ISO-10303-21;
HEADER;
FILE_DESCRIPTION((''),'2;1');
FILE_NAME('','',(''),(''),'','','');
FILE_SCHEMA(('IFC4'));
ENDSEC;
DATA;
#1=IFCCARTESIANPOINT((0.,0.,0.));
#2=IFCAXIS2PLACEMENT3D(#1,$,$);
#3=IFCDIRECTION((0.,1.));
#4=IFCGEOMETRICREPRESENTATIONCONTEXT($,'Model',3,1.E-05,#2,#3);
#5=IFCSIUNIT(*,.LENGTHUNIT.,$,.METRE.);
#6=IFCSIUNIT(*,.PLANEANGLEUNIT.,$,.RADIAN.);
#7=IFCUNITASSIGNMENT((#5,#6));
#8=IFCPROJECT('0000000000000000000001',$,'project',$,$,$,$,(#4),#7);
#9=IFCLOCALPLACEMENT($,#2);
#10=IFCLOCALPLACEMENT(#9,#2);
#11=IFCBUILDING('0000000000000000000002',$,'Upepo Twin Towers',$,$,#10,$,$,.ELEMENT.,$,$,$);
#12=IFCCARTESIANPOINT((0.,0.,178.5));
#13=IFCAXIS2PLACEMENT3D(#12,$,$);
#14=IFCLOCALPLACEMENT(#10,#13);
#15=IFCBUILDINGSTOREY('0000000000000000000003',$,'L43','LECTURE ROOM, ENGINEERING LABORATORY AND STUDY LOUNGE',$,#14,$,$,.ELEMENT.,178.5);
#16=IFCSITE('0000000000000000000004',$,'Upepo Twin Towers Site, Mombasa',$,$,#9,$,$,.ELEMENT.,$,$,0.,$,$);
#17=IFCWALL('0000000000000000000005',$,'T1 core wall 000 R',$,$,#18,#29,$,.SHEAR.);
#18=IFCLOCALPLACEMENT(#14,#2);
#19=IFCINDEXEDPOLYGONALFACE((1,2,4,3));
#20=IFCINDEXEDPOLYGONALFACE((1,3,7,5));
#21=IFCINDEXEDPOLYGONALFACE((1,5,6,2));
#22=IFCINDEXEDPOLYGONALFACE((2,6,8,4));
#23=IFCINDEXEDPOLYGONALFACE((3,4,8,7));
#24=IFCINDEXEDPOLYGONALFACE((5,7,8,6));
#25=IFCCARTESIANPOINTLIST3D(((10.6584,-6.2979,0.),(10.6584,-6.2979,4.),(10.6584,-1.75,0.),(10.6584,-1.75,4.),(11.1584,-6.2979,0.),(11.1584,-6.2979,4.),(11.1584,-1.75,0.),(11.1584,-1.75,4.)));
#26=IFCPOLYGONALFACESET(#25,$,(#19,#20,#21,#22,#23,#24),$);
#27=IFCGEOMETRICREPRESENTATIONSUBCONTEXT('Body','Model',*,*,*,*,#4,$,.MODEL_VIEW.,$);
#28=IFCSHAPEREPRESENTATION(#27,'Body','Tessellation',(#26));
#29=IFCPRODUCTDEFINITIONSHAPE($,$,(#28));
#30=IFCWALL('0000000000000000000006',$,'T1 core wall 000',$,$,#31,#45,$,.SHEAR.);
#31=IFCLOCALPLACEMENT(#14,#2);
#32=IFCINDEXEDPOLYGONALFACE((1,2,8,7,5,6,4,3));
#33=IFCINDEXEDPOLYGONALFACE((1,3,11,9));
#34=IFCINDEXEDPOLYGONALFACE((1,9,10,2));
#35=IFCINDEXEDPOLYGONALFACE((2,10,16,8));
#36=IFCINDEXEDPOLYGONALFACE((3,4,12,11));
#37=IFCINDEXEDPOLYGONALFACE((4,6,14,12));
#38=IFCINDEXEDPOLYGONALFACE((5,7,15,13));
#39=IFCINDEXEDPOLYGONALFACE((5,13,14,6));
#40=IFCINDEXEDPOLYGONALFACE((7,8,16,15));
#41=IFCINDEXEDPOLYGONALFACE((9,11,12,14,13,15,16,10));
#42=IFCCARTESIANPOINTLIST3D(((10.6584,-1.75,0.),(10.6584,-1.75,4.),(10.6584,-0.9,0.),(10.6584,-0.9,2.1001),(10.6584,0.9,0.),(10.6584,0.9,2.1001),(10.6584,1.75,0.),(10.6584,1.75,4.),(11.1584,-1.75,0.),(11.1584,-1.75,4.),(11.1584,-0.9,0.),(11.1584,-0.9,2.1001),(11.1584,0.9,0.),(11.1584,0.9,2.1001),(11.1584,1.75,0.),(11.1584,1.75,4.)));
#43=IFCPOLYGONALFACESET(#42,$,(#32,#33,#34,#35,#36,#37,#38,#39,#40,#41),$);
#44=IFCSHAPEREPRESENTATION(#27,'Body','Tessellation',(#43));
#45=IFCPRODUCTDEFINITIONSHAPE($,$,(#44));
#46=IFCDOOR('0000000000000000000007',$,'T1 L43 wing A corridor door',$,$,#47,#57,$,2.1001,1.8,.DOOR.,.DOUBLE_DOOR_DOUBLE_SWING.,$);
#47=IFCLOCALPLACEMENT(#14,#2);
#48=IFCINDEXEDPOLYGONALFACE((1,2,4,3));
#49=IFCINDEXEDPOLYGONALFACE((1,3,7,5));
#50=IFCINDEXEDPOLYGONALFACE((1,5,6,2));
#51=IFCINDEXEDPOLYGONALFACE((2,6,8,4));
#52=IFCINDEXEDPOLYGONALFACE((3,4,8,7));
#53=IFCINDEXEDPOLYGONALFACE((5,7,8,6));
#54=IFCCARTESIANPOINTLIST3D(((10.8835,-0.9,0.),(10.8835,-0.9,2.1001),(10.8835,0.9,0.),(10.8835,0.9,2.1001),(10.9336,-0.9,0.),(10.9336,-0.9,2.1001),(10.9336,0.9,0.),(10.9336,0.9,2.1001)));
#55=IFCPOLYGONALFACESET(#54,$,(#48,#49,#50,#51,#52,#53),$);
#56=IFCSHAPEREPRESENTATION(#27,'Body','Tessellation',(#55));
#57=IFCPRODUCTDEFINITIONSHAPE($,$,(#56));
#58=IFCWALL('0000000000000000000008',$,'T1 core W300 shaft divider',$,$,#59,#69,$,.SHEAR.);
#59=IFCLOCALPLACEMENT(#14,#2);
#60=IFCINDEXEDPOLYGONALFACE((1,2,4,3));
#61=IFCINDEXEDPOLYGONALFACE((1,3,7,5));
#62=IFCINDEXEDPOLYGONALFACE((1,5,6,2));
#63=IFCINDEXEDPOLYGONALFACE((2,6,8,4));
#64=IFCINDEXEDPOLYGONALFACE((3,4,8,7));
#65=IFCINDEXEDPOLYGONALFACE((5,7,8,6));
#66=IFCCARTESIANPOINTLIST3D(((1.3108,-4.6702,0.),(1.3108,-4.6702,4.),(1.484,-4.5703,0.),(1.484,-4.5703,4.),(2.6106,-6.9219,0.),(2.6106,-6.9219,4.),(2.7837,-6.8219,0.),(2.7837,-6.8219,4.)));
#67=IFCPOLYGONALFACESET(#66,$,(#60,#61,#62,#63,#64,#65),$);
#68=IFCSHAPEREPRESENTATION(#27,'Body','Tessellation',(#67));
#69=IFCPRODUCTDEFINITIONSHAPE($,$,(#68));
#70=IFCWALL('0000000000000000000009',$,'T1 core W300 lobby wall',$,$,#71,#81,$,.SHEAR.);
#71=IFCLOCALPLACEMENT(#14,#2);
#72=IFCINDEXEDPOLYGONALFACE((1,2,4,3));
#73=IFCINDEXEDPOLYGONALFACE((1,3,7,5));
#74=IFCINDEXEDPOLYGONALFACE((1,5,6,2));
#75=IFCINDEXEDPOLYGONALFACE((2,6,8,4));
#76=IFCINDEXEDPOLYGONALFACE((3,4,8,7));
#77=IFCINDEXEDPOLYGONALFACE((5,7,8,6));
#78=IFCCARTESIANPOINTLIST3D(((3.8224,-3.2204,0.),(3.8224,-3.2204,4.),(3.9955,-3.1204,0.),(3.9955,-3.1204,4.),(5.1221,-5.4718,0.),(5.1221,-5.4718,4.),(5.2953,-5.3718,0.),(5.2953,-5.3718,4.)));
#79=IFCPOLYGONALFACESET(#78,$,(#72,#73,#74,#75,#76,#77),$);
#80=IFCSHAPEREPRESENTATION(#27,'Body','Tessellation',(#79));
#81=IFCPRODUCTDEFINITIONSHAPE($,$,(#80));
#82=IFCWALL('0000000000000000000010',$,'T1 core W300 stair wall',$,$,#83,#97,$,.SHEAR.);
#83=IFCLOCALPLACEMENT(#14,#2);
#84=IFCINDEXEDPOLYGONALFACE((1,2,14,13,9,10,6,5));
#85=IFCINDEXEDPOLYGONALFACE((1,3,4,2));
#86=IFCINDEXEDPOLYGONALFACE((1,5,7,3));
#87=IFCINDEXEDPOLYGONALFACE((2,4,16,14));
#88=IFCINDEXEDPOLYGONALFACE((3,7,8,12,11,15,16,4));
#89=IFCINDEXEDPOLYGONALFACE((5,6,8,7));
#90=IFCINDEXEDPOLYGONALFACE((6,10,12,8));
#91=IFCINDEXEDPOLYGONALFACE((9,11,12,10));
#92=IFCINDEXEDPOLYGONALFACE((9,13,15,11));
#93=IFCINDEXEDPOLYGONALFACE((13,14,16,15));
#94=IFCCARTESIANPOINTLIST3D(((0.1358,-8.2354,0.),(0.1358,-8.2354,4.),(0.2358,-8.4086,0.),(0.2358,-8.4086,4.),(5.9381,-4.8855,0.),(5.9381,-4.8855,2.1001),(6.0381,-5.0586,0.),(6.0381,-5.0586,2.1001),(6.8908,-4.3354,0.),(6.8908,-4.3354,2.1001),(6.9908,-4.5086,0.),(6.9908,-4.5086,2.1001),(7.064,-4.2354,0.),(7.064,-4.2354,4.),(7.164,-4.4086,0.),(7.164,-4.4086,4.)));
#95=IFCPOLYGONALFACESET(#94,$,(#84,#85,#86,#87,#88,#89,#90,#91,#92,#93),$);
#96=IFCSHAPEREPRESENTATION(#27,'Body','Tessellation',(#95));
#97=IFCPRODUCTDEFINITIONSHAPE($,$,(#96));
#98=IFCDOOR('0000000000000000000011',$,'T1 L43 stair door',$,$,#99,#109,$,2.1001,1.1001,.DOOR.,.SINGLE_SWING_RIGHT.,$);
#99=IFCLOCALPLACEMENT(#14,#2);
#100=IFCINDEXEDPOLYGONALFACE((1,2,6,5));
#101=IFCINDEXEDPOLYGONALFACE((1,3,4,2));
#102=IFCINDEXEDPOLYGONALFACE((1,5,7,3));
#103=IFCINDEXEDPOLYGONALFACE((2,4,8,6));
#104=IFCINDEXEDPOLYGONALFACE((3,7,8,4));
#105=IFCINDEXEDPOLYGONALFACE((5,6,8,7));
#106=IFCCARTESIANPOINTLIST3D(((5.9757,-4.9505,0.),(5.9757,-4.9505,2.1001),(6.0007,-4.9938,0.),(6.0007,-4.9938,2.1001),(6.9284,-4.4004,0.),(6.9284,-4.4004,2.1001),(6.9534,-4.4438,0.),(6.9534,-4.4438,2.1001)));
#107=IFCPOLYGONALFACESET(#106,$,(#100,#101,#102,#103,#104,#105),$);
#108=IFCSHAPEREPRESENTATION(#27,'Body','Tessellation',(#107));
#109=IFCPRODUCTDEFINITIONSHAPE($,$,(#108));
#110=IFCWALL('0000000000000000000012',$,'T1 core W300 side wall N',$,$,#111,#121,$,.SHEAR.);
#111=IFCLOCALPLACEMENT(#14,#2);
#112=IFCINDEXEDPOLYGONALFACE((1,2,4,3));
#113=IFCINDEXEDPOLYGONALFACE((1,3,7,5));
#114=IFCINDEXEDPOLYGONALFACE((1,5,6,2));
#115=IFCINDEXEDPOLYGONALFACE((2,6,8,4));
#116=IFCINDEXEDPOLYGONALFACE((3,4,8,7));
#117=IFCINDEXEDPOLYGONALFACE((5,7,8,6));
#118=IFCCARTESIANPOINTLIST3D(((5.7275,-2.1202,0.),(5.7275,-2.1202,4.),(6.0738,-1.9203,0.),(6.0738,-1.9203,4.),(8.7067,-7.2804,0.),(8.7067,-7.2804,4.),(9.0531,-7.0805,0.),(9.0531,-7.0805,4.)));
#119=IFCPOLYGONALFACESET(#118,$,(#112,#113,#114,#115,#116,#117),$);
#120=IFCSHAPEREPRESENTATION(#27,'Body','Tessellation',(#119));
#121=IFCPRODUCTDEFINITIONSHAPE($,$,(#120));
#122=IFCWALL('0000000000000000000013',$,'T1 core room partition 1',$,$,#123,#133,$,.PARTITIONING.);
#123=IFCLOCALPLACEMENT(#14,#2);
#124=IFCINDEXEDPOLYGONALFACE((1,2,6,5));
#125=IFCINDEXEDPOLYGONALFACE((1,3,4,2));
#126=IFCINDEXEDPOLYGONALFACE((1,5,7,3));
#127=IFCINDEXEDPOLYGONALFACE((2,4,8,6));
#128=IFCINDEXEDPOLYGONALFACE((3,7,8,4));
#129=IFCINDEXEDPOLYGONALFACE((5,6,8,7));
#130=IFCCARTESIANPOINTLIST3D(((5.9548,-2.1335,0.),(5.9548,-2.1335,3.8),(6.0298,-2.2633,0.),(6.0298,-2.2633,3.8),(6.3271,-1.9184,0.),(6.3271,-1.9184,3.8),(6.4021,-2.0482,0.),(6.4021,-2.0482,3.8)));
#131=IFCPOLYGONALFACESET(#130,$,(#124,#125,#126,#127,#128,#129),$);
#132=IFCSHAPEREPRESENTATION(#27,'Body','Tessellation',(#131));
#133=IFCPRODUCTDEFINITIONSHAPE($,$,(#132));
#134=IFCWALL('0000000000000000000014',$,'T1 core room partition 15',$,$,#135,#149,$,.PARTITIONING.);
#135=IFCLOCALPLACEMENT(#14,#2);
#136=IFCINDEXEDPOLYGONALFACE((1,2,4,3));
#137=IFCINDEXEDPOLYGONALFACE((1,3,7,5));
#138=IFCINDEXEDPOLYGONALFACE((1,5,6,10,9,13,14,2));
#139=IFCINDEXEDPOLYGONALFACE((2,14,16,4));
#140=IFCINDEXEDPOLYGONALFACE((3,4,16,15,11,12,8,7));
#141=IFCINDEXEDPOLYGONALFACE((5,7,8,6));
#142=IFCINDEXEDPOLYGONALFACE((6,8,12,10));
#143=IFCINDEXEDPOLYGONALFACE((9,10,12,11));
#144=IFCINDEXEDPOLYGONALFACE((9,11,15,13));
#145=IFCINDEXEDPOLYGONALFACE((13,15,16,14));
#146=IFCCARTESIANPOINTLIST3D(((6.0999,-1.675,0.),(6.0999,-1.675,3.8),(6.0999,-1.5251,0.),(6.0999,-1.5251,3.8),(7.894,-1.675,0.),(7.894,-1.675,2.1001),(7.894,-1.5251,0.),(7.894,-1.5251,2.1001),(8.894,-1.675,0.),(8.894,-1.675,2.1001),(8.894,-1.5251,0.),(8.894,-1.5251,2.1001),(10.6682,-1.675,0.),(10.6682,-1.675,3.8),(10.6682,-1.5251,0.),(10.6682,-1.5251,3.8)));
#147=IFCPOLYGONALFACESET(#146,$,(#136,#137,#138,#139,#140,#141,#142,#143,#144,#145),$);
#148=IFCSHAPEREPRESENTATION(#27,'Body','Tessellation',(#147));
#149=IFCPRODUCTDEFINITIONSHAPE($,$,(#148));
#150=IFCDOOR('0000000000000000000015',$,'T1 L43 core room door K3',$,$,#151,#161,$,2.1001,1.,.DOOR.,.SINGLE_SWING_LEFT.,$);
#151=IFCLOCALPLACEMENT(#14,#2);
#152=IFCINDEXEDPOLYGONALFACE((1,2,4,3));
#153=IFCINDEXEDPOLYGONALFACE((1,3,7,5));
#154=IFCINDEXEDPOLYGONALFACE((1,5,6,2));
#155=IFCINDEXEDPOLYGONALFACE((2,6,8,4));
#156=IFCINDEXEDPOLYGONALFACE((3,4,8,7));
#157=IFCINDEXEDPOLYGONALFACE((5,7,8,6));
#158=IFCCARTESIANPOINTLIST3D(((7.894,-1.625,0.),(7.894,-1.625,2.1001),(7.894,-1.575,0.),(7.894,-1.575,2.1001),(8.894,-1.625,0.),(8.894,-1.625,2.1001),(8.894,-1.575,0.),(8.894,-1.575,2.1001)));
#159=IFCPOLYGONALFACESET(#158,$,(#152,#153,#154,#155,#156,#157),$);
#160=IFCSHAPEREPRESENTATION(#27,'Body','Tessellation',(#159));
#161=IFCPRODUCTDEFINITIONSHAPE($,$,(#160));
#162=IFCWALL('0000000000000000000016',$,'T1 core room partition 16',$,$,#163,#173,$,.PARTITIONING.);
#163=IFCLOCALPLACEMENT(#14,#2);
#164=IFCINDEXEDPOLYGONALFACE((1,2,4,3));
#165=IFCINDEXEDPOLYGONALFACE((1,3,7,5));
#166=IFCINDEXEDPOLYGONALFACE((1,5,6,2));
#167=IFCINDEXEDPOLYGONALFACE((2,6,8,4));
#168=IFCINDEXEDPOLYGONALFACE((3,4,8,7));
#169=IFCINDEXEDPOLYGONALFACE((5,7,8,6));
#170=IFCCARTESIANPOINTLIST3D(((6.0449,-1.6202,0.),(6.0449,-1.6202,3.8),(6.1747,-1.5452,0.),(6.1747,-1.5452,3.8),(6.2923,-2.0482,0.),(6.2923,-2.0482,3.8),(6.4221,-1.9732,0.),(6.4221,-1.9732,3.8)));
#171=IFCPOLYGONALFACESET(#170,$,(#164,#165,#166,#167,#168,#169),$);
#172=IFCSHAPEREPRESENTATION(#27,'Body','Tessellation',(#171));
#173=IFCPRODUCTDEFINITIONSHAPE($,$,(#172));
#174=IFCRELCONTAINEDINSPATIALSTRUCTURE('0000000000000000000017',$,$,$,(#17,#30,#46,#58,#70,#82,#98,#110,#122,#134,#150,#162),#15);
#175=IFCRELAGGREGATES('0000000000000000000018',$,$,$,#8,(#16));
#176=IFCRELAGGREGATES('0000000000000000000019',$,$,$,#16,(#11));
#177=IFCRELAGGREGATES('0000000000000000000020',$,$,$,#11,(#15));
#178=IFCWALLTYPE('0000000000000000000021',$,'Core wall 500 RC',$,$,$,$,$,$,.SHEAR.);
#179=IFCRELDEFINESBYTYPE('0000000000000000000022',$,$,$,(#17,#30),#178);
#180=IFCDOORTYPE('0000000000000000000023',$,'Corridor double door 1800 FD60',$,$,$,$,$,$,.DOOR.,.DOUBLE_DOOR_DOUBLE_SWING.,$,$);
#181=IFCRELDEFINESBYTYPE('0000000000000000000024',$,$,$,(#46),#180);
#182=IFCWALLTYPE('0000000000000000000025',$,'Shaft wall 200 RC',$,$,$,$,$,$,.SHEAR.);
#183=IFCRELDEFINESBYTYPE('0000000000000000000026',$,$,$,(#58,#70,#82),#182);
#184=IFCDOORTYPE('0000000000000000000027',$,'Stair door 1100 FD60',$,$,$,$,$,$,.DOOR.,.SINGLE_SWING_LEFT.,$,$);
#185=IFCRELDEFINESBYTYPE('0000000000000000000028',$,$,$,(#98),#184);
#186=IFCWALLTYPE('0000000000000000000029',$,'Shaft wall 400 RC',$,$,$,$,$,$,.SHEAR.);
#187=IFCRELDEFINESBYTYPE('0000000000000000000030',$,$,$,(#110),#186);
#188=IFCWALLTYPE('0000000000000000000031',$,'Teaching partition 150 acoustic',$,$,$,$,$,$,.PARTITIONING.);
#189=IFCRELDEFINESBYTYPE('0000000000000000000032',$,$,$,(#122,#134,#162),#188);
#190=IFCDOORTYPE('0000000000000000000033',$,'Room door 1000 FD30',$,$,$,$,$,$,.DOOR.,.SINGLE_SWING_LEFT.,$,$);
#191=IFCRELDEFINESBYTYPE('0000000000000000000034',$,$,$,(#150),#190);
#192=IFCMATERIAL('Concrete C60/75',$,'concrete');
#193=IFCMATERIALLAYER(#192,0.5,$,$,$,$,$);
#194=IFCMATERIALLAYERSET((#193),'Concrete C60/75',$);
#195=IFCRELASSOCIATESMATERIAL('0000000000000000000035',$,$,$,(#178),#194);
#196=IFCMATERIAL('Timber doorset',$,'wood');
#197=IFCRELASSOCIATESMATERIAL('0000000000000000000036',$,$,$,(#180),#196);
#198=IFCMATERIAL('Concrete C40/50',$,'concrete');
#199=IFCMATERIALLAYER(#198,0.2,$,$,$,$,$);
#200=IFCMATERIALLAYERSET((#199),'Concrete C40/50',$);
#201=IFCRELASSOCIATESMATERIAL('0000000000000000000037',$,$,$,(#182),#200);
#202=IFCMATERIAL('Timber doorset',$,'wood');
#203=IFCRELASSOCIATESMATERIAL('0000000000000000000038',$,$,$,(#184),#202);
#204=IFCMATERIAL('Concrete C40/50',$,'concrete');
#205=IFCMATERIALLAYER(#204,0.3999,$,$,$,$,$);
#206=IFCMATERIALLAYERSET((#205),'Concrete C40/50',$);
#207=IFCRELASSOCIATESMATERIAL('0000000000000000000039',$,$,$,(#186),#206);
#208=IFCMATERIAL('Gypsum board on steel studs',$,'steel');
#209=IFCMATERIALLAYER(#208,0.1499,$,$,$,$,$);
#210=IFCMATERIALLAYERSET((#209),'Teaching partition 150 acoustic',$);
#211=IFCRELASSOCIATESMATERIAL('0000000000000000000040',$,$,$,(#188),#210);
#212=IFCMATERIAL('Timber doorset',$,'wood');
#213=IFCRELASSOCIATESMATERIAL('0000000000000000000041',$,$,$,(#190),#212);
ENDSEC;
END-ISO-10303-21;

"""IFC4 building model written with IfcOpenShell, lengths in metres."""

from ifc_helpers import new_model, si_unit, direction, frame, frame_2d, origin, place, context, subcontext, project, spatial, rectangle, extrude, material, layer, layer_set, type_object, element, fill, save


model = new_model("IFC4")

# Units and contexts
model_context = context("Model", 3, precision=1e-05, world=origin(), true_north=direction((0.0, 1.0)))
body_context = subcontext(model_context, "Body", "Model", "MODEL_VIEW")
ifc_project = project(units=[si_unit("LENGTHUNIT", "METRE"), si_unit("PLANEANGLEUNIT", "RADIAN")], contexts=[model_context])

# Site, building, storey
site_placement = place(None, origin())
site = spatial("IfcSite", under=ifc_project, at=site_placement, Name="Upepo Twin Towers Site, Mombasa", CompositionType="ELEMENT", RefElevation=0.0)
building_placement = place(site_placement, origin())
building = spatial("IfcBuilding", under=site, at=building_placement, Name="Upepo Twin Towers", CompositionType="ELEMENT")
storey_placement = place(building_placement, frame((0.0, 0.0, 178.5)))
storey = spatial("IfcBuildingStorey", under=building, at=storey_placement, Name="L43", Description="LECTURE ROOM, ENGINEERING LABORATORY AND STUDY LOUNGE", CompositionType="ELEMENT", Elevation=178.5)

# Wall
ifc_material_1 = material(Name="Concrete C60/75", Category="concrete")
ifc_layer_1 = layer(ifc_material_1, 0.5)
ifc_layer_set_1 = layer_set([ifc_layer_1], Name="Concrete C60/75")
wall_type_1 = type_object("IfcWallType", Name="Core wall 500 RC", PredefinedType="SHEAR", material=ifc_layer_set_1)
wall_1_placement = place(storey_placement, frame((10.9084, -6.2979, 0.0), z_axis=(0.0, 0.0, 1.0), x_axis=(0.0, 1.0, 0.0)))
element("IfcWall", 1, at=wall_1_placement, inside=storey, type_object=wall_type_1, Name="T1 core wall 000 R", PredefinedType="SHEAR", context=body_context, shape_type="SweptSolid", body=[
    extrude(rectangle(XDim=4.5479, YDim=0.5, at=frame_2d((2.2739, 0.0))), origin(), (0.0, 0.0, 1.0), 4.0),
])

# Wall, opening, door
wall_2_placement = place(storey_placement, frame((10.9084, -1.75, 0.0), z_axis=(0.0, 0.0, 1.0), x_axis=(0.0, 1.0, 0.0)))
wall_2 = element("IfcWall", 2, at=wall_2_placement, inside=storey, type_object=wall_type_1, Name="T1 core wall 000", PredefinedType="SHEAR", context=body_context, shape_type="SweptSolid", body=[
    extrude(rectangle(XDim=3.5, YDim=0.5, at=frame_2d((1.75, 0.0))), origin(), (0.0, 0.0, 1.0), 4.0),
])
opening_1_placement = place(wall_2_placement, frame((0.8501, 0.0, 0.0)))
opening_1 = element("IfcOpeningElement", 3, at=opening_1_placement, cuts=wall_2, PredefinedType="OPENING", context=body_context, shape_type="SweptSolid", body=[
    extrude(rectangle(XDim=1.8, YDim=2.1001, at=frame_2d((0.8999, 1.05))), frame((0.0, 0.26, 0.0), z_axis=(0.0, -1.0, 0.0), x_axis=(1.0, 0.0, 0.0)), (0.0, 0.0, 1.0), 0.52),
])
ifc_material_2 = material(Name="Timber doorset", Category="wood")
door_type_1 = type_object("IfcDoorType", Name="Corridor double door 1800 FD60", OperationType="DOUBLE_DOOR_DOUBLE_SWING", PredefinedType="DOOR", material=ifc_material_2)
door_1_placement = place(opening_1_placement, origin())
door_1 = element("IfcDoor", 4, at=door_1_placement, inside=storey, type_object=door_type_1, Name="T1 L43 wing A corridor door", OperationType="DOUBLE_DOOR_DOUBLE_SWING", OverallHeight=2.1001, OverallWidth=1.8, PredefinedType="DOOR", context=body_context, shape_type="SweptSolid", body=[
    extrude(rectangle(XDim=1.8, YDim=2.1001, at=frame_2d((0.8999, 1.05))), frame((0.0, 0.0249, 0.0), z_axis=(0.0, -1.0, 0.0), x_axis=(1.0, 0.0, 0.0)), (0.0, 0.0, 1.0), 0.05),
])
fill(opening_1, door_1)

# Walls
ifc_material_3 = material(Name="Concrete C40/50", Category="concrete")
ifc_layer_2 = layer(ifc_material_3, 0.2)
ifc_layer_set_2 = layer_set([ifc_layer_2], Name="Concrete C40/50")
wall_type_2 = type_object("IfcWallType", Name="Shaft wall 200 RC", PredefinedType="SHEAR", material=ifc_layer_set_2)
wall_3_placement = place(storey_placement, frame((1.3975, -4.6204, 0.0), z_axis=(0.0, 0.0, 1.0), x_axis=(0.499937, -0.866062, 0.0)))
element("IfcWall", 5, at=wall_3_placement, inside=storey, type_object=wall_type_2, Name="T1 core W300 shaft divider", PredefinedType="SHEAR", context=body_context, shape_type="SweptSolid", body=[
    extrude(rectangle(XDim=2.5999, YDim=0.2, at=frame_2d((1.2998, 0.0))), origin(), (0.0, 0.0, 1.0), 4.0),
])
wall_4_placement = place(storey_placement, frame((3.9089, -3.1704, 0.0), z_axis=(0.0, 0.0, 1.0), x_axis=(0.499977, -0.866039, 0.0)))
element("IfcWall", 6, at=wall_4_placement, inside=storey, type_object=wall_type_2, Name="T1 core W300 lobby wall", PredefinedType="SHEAR", context=body_context, shape_type="SweptSolid", body=[
    extrude(rectangle(XDim=2.5996, YDim=0.2, at=frame_2d((1.2998, 0.0))), origin(), (0.0, 0.0, 1.0), 4.0),
])

# Wall, opening, door
wall_5_placement = place(storey_placement, frame((0.1858, -8.322, 0.0), z_axis=(0.0, 0.0, 1.0), x_axis=(0.866026, 0.499999, 0.0)))
wall_5 = element("IfcWall", 7, at=wall_5_placement, inside=storey, type_object=wall_type_2, Name="T1 core W300 stair wall", PredefinedType="SHEAR", context=body_context, shape_type="SweptSolid", body=[
    extrude(rectangle(XDim=8.0, YDim=0.2, at=frame_2d((4.0, 0.0))), origin(), (0.0, 0.0, 1.0), 4.0),
])
opening_2_placement = place(wall_5_placement, frame((6.7, 0.0, 0.0)))
opening_2 = element("IfcOpeningElement", 8, at=opening_2_placement, cuts=wall_5, PredefinedType="OPENING", context=body_context, shape_type="SweptSolid", body=[
    extrude(rectangle(XDim=1.1001, YDim=2.1001, at=frame_2d((0.55, 1.05))), frame((0.0, 0.1099, 0.0), z_axis=(0.0, -1.0, 0.0), x_axis=(1.0, 0.0, 0.0)), (0.0, 0.0, 1.0), 0.22),
])
ifc_material_4 = material(Name="Timber doorset", Category="wood")
door_type_2 = type_object("IfcDoorType", Name="Stair door 1100 FD60", OperationType="SINGLE_SWING_LEFT", PredefinedType="DOOR", material=ifc_material_4)
door_2_placement = place(opening_2_placement, origin())
door_2 = element("IfcDoor", 9, at=door_2_placement, inside=storey, type_object=door_type_2, Name="T1 L43 stair door", OperationType="SINGLE_SWING_RIGHT", OverallHeight=2.1001, OverallWidth=1.1001, PredefinedType="DOOR", context=body_context, shape_type="SweptSolid", body=[
    extrude(rectangle(XDim=1.1001, YDim=2.1001, at=frame_2d((0.55, 1.05))), frame((0.0, 0.0249, 0.0), z_axis=(0.0, -1.0, 0.0), x_axis=(1.0, 0.0, 0.0)), (0.0, 0.0, 1.0), 0.05),
])
fill(opening_2, door_2)

# Walls
ifc_material_5 = material(Name="Concrete C40/50", Category="concrete")
ifc_layer_3 = layer(ifc_material_5, 0.3999)
ifc_layer_set_3 = layer_set([ifc_layer_3], Name="Concrete C40/50")
wall_type_3 = type_object("IfcWallType", Name="Shaft wall 400 RC", PredefinedType="SHEAR", material=ifc_layer_set_3)
wall_6_placement = place(storey_placement, frame((5.9006, -2.0203, 0.0), z_axis=(0.0, 0.0, 1.0), x_axis=(0.500004, -0.866023, 0.0)))
element("IfcWall", 10, at=wall_6_placement, inside=storey, type_object=wall_type_3, Name="T1 core W300 side wall N", PredefinedType="SHEAR", context=body_context, shape_type="SweptSolid", body=[
    extrude(rectangle(XDim=5.9585, YDim=0.3999, at=frame_2d((2.9792, 0.0))), origin(), (0.0, 0.0, 1.0), 4.0),
])
ifc_material_6 = material(Name="Gypsum board on steel studs", Category="steel")
ifc_layer_4 = layer(ifc_material_6, 0.1499)
ifc_layer_set_4 = layer_set([ifc_layer_4], Name="Teaching partition 150 acoustic")
wall_type_4 = type_object("IfcWallType", Name="Teaching partition 150 acoustic", PredefinedType="PARTITIONING", material=ifc_layer_set_4)
wall_7_placement = place(storey_placement, frame((6.3645, -1.9834, 0.0), z_axis=(0.0, 0.0, 1.0), x_axis=(-0.865892, -0.50023, 0.0)))
element("IfcWall", 11, at=wall_7_placement, inside=storey, type_object=wall_type_4, Name="T1 core room partition 1", PredefinedType="PARTITIONING", context=body_context, shape_type="SweptSolid", body=[
    extrude(rectangle(XDim=0.4299, YDim=0.1499, at=frame_2d((0.2148, 0.0))), origin(), (0.0, 0.0, 1.0), 3.8),
])

# Wall, opening, door
wall_8_placement = place(storey_placement, frame((10.6682, -1.6001, 0.0), z_axis=(0.0, 0.0, 1.0), x_axis=(-1.0, 0.0, 0.0)))
wall_8 = element("IfcWall", 12, at=wall_8_placement, inside=storey, type_object=wall_type_4, Name="T1 core room partition 15", PredefinedType="PARTITIONING", context=body_context, shape_type="SweptSolid", body=[
    extrude(rectangle(XDim=4.5684, YDim=0.1499, at=frame_2d((2.2842, 0.0))), origin(), (0.0, 0.0, 1.0), 3.8),
])
opening_3_placement = place(wall_8_placement, frame((1.7742, 0.0, 0.0)))
opening_3 = element("IfcOpeningElement", 13, at=opening_3_placement, cuts=wall_8, PredefinedType="OPENING", context=body_context, shape_type="SweptSolid", body=[
    extrude(rectangle(XDim=1.0, YDim=2.1001, at=frame_2d((0.5, 1.05))), frame((0.0, 0.085, 0.0), z_axis=(0.0, -1.0, 0.0), x_axis=(1.0, 0.0, 0.0)), (0.0, 0.0, 1.0), 0.1699),
])
ifc_material_7 = material(Name="Timber doorset", Category="wood")
door_type_3 = type_object("IfcDoorType", Name="Room door 1000 FD30", OperationType="SINGLE_SWING_LEFT", PredefinedType="DOOR", material=ifc_material_7)
door_3_placement = place(opening_3_placement, origin())
door_3 = element("IfcDoor", 14, at=door_3_placement, inside=storey, type_object=door_type_3, Name="T1 L43 core room door K3", OperationType="SINGLE_SWING_LEFT", OverallHeight=2.1001, OverallWidth=1.0, PredefinedType="DOOR", context=body_context, shape_type="SweptSolid", body=[
    extrude(rectangle(XDim=1.0, YDim=2.1001, at=frame_2d((0.5, 1.05))), frame((0.0, 0.0249, 0.0), z_axis=(0.0, -1.0, 0.0), x_axis=(1.0, 0.0, 0.0)), (0.0, 0.0, 1.0), 0.05),
])
fill(opening_3, door_3)

# Wall
wall_9_placement = place(storey_placement, frame((6.1099, -1.5828, 0.0), z_axis=(0.0, 0.0, 1.0), x_axis=(0.500335, -0.865832, 0.0)))
element("IfcWall", 15, at=wall_9_placement, inside=storey, type_object=wall_type_4, Name="T1 core room partition 16", PredefinedType="PARTITIONING", context=body_context, shape_type="SweptSolid", body=[
    extrude(rectangle(XDim=0.4944, YDim=0.1499, at=frame_2d((0.2471, 0.0))), origin(), (0.0, 0.0, 1.0), 3.8),
])

save(model, "model.ifc")
